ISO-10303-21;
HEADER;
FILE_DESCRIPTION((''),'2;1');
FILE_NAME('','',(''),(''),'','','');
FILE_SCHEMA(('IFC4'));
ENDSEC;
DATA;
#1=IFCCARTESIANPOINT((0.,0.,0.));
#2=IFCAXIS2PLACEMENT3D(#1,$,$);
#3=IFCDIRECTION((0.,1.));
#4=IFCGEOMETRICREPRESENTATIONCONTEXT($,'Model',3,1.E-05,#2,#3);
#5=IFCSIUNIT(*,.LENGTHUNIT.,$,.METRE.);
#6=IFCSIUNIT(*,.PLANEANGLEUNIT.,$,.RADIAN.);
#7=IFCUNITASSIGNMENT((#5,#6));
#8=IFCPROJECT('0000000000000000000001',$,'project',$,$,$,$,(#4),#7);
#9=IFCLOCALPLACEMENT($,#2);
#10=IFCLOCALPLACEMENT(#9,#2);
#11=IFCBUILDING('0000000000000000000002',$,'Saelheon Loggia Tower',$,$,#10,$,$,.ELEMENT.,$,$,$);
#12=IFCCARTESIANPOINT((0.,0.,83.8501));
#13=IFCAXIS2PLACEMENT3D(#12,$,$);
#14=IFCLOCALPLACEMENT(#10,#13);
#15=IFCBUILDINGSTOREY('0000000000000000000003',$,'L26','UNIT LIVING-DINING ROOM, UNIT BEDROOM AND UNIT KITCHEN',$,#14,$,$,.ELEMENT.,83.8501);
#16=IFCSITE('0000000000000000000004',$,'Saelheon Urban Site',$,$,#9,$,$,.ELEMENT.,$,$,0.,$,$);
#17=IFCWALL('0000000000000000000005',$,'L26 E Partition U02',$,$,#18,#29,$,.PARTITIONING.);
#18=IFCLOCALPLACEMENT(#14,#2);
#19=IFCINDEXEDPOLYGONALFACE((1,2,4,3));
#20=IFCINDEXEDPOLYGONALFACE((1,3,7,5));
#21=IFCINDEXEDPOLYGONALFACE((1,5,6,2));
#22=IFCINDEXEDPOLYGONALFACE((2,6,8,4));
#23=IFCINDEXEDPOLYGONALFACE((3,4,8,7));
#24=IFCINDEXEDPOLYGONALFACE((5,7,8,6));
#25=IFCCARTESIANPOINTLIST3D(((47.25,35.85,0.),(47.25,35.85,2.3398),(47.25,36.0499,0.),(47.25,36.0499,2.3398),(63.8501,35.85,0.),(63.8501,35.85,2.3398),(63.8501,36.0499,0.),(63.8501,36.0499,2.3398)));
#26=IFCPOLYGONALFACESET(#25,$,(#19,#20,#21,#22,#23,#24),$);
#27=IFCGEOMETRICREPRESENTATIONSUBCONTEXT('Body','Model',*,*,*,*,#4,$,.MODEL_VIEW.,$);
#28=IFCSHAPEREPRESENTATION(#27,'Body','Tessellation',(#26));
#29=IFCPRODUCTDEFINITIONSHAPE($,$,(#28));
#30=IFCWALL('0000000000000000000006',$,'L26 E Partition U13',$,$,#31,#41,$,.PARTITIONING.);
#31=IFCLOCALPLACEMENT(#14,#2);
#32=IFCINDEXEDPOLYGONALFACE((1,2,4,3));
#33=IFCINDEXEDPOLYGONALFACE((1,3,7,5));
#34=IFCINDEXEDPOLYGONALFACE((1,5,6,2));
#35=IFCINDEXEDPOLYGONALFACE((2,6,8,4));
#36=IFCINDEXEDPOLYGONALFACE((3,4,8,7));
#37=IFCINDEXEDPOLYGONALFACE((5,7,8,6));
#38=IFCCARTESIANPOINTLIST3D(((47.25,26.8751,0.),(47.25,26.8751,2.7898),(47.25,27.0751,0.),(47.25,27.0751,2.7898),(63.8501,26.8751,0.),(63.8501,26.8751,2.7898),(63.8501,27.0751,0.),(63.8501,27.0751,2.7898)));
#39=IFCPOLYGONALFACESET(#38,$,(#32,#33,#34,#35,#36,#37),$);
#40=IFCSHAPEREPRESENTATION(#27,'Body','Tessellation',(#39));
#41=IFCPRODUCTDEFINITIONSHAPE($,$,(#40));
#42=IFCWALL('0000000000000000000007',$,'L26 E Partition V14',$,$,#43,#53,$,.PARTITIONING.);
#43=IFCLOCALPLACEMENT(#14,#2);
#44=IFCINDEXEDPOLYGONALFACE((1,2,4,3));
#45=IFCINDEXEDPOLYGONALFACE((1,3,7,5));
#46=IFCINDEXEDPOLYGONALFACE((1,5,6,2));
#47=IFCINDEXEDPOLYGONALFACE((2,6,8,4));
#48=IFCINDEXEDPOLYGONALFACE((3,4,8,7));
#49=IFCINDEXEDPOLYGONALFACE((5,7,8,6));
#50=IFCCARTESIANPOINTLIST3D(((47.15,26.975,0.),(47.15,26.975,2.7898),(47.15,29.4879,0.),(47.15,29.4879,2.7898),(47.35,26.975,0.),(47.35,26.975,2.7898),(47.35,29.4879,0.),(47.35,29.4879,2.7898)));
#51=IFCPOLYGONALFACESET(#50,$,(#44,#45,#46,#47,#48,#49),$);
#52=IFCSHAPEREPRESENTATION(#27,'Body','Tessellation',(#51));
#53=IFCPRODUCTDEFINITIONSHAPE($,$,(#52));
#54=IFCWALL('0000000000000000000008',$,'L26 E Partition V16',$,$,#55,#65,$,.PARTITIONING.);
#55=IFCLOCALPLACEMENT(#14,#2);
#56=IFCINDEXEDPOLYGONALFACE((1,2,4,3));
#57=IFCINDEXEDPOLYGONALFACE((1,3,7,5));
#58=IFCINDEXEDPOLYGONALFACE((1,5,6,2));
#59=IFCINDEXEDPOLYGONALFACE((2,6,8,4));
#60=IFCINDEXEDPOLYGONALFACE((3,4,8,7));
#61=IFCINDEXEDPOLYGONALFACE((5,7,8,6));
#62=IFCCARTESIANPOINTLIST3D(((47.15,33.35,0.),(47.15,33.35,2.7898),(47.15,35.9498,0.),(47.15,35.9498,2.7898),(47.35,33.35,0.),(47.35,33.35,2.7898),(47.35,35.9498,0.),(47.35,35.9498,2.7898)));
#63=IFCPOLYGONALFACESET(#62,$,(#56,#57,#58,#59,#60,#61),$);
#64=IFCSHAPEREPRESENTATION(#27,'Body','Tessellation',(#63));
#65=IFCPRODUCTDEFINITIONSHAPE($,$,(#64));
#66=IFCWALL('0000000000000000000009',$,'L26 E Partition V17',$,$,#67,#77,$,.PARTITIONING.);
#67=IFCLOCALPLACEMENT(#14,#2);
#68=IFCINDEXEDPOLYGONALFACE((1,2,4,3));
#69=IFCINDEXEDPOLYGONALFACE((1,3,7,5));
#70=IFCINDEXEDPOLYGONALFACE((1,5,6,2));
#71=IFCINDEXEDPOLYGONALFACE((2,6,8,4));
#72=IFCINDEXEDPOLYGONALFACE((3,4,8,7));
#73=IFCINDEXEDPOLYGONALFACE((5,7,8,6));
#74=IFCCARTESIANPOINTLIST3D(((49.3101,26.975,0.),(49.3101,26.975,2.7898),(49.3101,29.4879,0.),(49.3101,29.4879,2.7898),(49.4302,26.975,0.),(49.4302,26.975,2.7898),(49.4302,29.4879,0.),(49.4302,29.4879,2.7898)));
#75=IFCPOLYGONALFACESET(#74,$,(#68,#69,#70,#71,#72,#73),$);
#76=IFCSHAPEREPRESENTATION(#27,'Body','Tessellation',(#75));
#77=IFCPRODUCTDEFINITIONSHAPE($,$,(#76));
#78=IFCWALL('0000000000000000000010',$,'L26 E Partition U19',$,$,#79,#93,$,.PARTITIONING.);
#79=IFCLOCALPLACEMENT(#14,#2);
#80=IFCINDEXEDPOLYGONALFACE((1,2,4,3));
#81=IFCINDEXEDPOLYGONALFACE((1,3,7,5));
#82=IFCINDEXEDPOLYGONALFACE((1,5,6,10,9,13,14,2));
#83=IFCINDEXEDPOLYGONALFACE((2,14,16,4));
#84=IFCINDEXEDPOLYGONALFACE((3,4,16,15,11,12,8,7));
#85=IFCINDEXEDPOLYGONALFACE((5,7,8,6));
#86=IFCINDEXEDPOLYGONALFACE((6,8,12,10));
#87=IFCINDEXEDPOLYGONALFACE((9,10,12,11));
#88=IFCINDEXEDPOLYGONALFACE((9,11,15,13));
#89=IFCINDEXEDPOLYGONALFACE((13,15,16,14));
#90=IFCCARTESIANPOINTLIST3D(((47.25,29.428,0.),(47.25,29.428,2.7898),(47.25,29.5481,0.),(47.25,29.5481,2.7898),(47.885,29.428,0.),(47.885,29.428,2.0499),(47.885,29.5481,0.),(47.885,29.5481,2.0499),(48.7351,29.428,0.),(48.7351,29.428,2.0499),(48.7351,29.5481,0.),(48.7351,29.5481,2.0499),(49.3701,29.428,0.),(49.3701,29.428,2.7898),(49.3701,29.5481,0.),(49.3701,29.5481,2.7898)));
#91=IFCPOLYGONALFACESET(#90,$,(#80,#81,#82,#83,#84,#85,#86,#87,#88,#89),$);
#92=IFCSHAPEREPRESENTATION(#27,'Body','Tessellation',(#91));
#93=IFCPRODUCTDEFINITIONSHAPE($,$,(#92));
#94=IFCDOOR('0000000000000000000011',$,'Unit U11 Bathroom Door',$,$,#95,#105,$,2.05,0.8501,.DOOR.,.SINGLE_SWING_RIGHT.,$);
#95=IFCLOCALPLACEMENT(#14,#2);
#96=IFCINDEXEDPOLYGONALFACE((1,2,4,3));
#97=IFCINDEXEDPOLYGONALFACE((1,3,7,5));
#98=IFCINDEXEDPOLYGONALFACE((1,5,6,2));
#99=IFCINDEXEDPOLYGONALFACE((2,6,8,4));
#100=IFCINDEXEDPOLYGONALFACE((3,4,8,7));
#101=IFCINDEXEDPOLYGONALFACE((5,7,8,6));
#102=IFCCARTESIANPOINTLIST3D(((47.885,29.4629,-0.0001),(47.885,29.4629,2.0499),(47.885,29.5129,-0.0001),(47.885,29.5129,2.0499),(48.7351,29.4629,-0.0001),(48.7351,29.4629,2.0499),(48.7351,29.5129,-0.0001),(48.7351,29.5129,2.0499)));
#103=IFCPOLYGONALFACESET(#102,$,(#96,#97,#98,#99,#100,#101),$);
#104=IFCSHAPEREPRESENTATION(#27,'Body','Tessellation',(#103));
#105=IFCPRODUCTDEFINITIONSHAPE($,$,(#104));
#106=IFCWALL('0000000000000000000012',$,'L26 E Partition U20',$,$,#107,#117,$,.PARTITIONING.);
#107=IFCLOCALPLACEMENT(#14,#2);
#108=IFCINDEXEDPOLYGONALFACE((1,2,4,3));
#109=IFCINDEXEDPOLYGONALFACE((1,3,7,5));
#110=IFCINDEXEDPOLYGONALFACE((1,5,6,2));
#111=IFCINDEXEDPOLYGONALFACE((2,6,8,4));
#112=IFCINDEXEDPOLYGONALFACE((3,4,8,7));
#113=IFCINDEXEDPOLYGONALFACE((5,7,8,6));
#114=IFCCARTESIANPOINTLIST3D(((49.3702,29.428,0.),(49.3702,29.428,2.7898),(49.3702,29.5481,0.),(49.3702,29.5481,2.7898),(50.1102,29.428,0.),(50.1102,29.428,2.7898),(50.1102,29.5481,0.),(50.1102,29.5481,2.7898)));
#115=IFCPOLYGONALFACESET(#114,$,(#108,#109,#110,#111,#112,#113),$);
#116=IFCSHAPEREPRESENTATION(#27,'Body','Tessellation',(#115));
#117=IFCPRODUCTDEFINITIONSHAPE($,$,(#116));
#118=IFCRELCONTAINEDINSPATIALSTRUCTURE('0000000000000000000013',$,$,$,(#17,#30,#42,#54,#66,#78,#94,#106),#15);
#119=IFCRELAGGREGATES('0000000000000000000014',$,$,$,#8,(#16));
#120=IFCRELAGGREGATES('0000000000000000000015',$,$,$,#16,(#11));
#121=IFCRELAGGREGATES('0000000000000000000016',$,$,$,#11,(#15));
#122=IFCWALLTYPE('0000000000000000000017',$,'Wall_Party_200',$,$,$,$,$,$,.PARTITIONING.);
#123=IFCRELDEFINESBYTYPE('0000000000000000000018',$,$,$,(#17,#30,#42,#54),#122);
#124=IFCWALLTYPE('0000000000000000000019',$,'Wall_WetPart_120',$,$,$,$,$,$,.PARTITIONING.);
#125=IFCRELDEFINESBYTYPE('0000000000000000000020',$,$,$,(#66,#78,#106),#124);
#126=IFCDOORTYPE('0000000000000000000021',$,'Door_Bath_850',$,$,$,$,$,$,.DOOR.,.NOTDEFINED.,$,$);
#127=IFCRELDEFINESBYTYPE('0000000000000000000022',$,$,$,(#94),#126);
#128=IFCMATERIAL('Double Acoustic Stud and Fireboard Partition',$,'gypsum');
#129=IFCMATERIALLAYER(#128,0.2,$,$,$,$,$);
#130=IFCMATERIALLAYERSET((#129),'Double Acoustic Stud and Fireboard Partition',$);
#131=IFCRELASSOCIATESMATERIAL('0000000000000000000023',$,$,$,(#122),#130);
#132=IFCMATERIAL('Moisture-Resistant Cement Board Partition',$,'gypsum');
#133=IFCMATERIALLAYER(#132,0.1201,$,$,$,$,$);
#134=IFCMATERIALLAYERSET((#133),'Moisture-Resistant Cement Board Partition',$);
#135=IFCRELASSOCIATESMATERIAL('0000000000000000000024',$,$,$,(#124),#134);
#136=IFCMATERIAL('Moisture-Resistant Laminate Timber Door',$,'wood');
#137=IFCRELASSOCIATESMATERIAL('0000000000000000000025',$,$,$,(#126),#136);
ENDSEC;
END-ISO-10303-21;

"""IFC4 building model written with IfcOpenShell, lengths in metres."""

from ifc_helpers import new_model, si_unit, direction, frame, frame_2d, origin, place, context, subcontext, project, spatial, rectangle, extrude, source, transform, mapped, material, layer, layer_set, type_object, element, fill, save


model = new_model("IFC4")

# Units and contexts
model_context = context("Model", 3, precision=1e-05, world=origin(), true_north=direction((0.0, 1.0)))
body_context = subcontext(model_context, "Body", "Model", "MODEL_VIEW")
ifc_project = project(units=[si_unit("LENGTHUNIT", "METRE"), si_unit("PLANEANGLEUNIT", "RADIAN")], contexts=[model_context])

# Site, building, storey
site_placement = place(None, origin())
site = spatial("IfcSite", under=ifc_project, at=site_placement, Name="Saelheon Urban Site", CompositionType="ELEMENT", RefElevation=0.0)
building_placement = place(site_placement, origin())
building = spatial("IfcBuilding", under=site, at=building_placement, Name="Saelheon Loggia Tower", CompositionType="ELEMENT")
storey_placement = place(building_placement, frame((0.0, 0.0, 83.8501)))
storey = spatial("IfcBuildingStorey", under=building, at=storey_placement, Name="L26", Description="UNIT LIVING-DINING ROOM, UNIT BEDROOM AND UNIT KITCHEN", CompositionType="ELEMENT", Elevation=83.8501)

# Walls
ifc_material_1 = material(Name="Double Acoustic Stud and Fireboard Partition", Category="gypsum")
ifc_layer_1 = layer(ifc_material_1, 0.2)
ifc_layer_set_1 = layer_set([ifc_layer_1], Name="Double Acoustic Stud and Fireboard Partition")
wall_type_1 = type_object("IfcWallType", Name="Wall_Party_200", PredefinedType="PARTITIONING", material=ifc_layer_set_1)
wall_1_placement = place(storey_placement, frame((47.25, 35.95, 0.0), z_axis=(0.0, 0.0, 1.0), x_axis=(1.0, 0.0, 0.0)))
element("IfcWall", 1, at=wall_1_placement, inside=storey, type_object=wall_type_1, Name="L26 E Partition U02", PredefinedType="PARTITIONING", context=body_context, shape_type="SweptSolid", body=[
    extrude(rectangle(XDim=16.6001, YDim=0.2, at=frame_2d((8.3, 0.0))), origin(), (0.0, 0.0, 1.0), 2.3398),
])
wall_2_placement = place(storey_placement, frame((47.25, 26.9751, 0.0), z_axis=(0.0, 0.0, 1.0), x_axis=(1.0, 0.0, 0.0)))
element("IfcWall", 2, at=wall_2_placement, inside=storey, type_object=wall_type_1, Name="L26 E Partition U13", PredefinedType="PARTITIONING", context=body_context, shape_type="SweptSolid", body=[
    extrude(rectangle(XDim=16.6001, YDim=0.2, at=frame_2d((8.3, 0.0))), origin(), (0.0, 0.0, 1.0), 2.7898),
])
wall_3_placement = place(storey_placement, frame((47.25, 26.9751, 0.0), z_axis=(0.0, 0.0, 1.0), x_axis=(0.0, 1.0, 0.0)))
element("IfcWall", 3, at=wall_3_placement, inside=storey, type_object=wall_type_1, Name="L26 E Partition V14", PredefinedType="PARTITIONING", context=body_context, shape_type="SweptSolid", body=[
    extrude(rectangle(XDim=2.5129, YDim=0.2, at=frame_2d((1.2563, 0.0))), origin(), (0.0, 0.0, 1.0), 2.7898),
])

# Walls
wall_4_placement = place(storey_placement, frame((47.25, 33.3501, 0.0), z_axis=(0.0, 0.0, 1.0), x_axis=(0.0, 1.0, 0.0)))
element("IfcWall", 4, at=wall_4_placement, inside=storey, type_object=wall_type_1, Name="L26 E Partition V16", PredefinedType="PARTITIONING", context=body_context, shape_type="SweptSolid", body=[
    extrude(rectangle(XDim=2.5999, YDim=0.2, at=frame_2d((1.2998, 0.0))), origin(), (0.0, 0.0, 1.0), 2.7898),
])
ifc_material_2 = material(Name="Moisture-Resistant Cement Board Partition", Category="gypsum")
ifc_layer_2 = layer(ifc_material_2, 0.1201)
ifc_layer_set_2 = layer_set([ifc_layer_2], Name="Moisture-Resistant Cement Board Partition")
wall_type_2 = type_object("IfcWallType", Name="Wall_WetPart_120", PredefinedType="PARTITIONING", material=ifc_layer_set_2)
wall_5_placement = place(storey_placement, frame((49.3701, 26.9751, 0.0), z_axis=(0.0, 0.0, 1.0), x_axis=(0.0, 1.0, 0.0)))
element("IfcWall", 5, at=wall_5_placement, inside=storey, type_object=wall_type_2, Name="L26 E Partition V17", PredefinedType="PARTITIONING", context=body_context, shape_type="SweptSolid", body=[
    extrude(rectangle(XDim=2.5129, YDim=0.1201, at=frame_2d((1.2563, 0.0))), origin(), (0.0, 0.0, 1.0), 2.7898),
])

# Wall, opening, door
wall_6_placement = place(storey_placement, frame((47.25, 29.488, 0.0), z_axis=(0.0, 0.0, 1.0), x_axis=(1.0, 0.0, 0.0)))
wall_6 = element("IfcWall", 6, at=wall_6_placement, inside=storey, type_object=wall_type_2, Name="L26 E Partition U19", PredefinedType="PARTITIONING", context=body_context, shape_type="SweptSolid", body=[
    extrude(rectangle(XDim=2.1201, YDim=0.1201, at=frame_2d((1.0601, 0.0))), origin(), (0.0, 0.0, 1.0), 2.7898),
])
opening_1_placement = place(wall_6_placement, frame((0.635, 0.0, 0.0)))
opening_1 = element("IfcOpeningElement", 7, at=opening_1_placement, cuts=wall_6, PredefinedType="OPENING", context=body_context, shape_type="SweptSolid", body=[
    extrude(rectangle(XDim=0.8501, YDim=2.05, at=frame_2d((0.425, 1.0249))), frame((0.0, 0.072, 0.0), z_axis=(0.0, -1.0, 0.0), x_axis=(1.0, 0.0, 0.0)), (0.0, 0.0, 1.0), 0.144),
])
ifc_material_3 = material(Name="Moisture-Resistant Laminate Timber Door", Category="wood")
door_type_1 = type_object("IfcDoorType", Name="Door_Bath_850", OperationType="NOTDEFINED", PredefinedType="DOOR", material=ifc_material_3)
shared_shape_1 = source(origin(), body_context, "Body", "SweptSolid", [
    extrude(rectangle(XDim=0.8501, YDim=2.05, at=frame_2d((0.425, 1.0249))), frame((0.0, 0.0249, 0.0), z_axis=(0.0, -1.0, 0.0), x_axis=(1.0, 0.0, 0.0)), (0.0, 0.0, 1.0), 0.05),
])
door_1_placement = place(opening_1_placement, origin())
door_1 = element("IfcDoor", 8, at=door_1_placement, inside=storey, type_object=door_type_1, Name="Unit U11 Bathroom Door", OperationType="SINGLE_SWING_RIGHT", OverallHeight=2.05, OverallWidth=0.8501, PredefinedType="DOOR", context=body_context, shape_type="MappedRepresentation", body=[
    mapped(shared_shape_1, transform((0.0, 0.0, 0.0), scale=1.0)),
])
fill(opening_1, door_1)

# Wall
wall_7_placement = place(storey_placement, frame((49.3701, 29.488, 0.0), z_axis=(0.0, 0.0, 1.0), x_axis=(1.0, 0.0, 0.0)))
element("IfcWall", 9, at=wall_7_placement, inside=storey, type_object=wall_type_2, Name="L26 E Partition U20", PredefinedType="PARTITIONING", context=body_context, shape_type="SweptSolid", body=[
    extrude(rectangle(XDim=0.74, YDim=0.1201, at=frame_2d((0.3701, 0.0))), origin(), (0.0, 0.0, 1.0), 2.7898),
])

save(model, "model.ifc")
